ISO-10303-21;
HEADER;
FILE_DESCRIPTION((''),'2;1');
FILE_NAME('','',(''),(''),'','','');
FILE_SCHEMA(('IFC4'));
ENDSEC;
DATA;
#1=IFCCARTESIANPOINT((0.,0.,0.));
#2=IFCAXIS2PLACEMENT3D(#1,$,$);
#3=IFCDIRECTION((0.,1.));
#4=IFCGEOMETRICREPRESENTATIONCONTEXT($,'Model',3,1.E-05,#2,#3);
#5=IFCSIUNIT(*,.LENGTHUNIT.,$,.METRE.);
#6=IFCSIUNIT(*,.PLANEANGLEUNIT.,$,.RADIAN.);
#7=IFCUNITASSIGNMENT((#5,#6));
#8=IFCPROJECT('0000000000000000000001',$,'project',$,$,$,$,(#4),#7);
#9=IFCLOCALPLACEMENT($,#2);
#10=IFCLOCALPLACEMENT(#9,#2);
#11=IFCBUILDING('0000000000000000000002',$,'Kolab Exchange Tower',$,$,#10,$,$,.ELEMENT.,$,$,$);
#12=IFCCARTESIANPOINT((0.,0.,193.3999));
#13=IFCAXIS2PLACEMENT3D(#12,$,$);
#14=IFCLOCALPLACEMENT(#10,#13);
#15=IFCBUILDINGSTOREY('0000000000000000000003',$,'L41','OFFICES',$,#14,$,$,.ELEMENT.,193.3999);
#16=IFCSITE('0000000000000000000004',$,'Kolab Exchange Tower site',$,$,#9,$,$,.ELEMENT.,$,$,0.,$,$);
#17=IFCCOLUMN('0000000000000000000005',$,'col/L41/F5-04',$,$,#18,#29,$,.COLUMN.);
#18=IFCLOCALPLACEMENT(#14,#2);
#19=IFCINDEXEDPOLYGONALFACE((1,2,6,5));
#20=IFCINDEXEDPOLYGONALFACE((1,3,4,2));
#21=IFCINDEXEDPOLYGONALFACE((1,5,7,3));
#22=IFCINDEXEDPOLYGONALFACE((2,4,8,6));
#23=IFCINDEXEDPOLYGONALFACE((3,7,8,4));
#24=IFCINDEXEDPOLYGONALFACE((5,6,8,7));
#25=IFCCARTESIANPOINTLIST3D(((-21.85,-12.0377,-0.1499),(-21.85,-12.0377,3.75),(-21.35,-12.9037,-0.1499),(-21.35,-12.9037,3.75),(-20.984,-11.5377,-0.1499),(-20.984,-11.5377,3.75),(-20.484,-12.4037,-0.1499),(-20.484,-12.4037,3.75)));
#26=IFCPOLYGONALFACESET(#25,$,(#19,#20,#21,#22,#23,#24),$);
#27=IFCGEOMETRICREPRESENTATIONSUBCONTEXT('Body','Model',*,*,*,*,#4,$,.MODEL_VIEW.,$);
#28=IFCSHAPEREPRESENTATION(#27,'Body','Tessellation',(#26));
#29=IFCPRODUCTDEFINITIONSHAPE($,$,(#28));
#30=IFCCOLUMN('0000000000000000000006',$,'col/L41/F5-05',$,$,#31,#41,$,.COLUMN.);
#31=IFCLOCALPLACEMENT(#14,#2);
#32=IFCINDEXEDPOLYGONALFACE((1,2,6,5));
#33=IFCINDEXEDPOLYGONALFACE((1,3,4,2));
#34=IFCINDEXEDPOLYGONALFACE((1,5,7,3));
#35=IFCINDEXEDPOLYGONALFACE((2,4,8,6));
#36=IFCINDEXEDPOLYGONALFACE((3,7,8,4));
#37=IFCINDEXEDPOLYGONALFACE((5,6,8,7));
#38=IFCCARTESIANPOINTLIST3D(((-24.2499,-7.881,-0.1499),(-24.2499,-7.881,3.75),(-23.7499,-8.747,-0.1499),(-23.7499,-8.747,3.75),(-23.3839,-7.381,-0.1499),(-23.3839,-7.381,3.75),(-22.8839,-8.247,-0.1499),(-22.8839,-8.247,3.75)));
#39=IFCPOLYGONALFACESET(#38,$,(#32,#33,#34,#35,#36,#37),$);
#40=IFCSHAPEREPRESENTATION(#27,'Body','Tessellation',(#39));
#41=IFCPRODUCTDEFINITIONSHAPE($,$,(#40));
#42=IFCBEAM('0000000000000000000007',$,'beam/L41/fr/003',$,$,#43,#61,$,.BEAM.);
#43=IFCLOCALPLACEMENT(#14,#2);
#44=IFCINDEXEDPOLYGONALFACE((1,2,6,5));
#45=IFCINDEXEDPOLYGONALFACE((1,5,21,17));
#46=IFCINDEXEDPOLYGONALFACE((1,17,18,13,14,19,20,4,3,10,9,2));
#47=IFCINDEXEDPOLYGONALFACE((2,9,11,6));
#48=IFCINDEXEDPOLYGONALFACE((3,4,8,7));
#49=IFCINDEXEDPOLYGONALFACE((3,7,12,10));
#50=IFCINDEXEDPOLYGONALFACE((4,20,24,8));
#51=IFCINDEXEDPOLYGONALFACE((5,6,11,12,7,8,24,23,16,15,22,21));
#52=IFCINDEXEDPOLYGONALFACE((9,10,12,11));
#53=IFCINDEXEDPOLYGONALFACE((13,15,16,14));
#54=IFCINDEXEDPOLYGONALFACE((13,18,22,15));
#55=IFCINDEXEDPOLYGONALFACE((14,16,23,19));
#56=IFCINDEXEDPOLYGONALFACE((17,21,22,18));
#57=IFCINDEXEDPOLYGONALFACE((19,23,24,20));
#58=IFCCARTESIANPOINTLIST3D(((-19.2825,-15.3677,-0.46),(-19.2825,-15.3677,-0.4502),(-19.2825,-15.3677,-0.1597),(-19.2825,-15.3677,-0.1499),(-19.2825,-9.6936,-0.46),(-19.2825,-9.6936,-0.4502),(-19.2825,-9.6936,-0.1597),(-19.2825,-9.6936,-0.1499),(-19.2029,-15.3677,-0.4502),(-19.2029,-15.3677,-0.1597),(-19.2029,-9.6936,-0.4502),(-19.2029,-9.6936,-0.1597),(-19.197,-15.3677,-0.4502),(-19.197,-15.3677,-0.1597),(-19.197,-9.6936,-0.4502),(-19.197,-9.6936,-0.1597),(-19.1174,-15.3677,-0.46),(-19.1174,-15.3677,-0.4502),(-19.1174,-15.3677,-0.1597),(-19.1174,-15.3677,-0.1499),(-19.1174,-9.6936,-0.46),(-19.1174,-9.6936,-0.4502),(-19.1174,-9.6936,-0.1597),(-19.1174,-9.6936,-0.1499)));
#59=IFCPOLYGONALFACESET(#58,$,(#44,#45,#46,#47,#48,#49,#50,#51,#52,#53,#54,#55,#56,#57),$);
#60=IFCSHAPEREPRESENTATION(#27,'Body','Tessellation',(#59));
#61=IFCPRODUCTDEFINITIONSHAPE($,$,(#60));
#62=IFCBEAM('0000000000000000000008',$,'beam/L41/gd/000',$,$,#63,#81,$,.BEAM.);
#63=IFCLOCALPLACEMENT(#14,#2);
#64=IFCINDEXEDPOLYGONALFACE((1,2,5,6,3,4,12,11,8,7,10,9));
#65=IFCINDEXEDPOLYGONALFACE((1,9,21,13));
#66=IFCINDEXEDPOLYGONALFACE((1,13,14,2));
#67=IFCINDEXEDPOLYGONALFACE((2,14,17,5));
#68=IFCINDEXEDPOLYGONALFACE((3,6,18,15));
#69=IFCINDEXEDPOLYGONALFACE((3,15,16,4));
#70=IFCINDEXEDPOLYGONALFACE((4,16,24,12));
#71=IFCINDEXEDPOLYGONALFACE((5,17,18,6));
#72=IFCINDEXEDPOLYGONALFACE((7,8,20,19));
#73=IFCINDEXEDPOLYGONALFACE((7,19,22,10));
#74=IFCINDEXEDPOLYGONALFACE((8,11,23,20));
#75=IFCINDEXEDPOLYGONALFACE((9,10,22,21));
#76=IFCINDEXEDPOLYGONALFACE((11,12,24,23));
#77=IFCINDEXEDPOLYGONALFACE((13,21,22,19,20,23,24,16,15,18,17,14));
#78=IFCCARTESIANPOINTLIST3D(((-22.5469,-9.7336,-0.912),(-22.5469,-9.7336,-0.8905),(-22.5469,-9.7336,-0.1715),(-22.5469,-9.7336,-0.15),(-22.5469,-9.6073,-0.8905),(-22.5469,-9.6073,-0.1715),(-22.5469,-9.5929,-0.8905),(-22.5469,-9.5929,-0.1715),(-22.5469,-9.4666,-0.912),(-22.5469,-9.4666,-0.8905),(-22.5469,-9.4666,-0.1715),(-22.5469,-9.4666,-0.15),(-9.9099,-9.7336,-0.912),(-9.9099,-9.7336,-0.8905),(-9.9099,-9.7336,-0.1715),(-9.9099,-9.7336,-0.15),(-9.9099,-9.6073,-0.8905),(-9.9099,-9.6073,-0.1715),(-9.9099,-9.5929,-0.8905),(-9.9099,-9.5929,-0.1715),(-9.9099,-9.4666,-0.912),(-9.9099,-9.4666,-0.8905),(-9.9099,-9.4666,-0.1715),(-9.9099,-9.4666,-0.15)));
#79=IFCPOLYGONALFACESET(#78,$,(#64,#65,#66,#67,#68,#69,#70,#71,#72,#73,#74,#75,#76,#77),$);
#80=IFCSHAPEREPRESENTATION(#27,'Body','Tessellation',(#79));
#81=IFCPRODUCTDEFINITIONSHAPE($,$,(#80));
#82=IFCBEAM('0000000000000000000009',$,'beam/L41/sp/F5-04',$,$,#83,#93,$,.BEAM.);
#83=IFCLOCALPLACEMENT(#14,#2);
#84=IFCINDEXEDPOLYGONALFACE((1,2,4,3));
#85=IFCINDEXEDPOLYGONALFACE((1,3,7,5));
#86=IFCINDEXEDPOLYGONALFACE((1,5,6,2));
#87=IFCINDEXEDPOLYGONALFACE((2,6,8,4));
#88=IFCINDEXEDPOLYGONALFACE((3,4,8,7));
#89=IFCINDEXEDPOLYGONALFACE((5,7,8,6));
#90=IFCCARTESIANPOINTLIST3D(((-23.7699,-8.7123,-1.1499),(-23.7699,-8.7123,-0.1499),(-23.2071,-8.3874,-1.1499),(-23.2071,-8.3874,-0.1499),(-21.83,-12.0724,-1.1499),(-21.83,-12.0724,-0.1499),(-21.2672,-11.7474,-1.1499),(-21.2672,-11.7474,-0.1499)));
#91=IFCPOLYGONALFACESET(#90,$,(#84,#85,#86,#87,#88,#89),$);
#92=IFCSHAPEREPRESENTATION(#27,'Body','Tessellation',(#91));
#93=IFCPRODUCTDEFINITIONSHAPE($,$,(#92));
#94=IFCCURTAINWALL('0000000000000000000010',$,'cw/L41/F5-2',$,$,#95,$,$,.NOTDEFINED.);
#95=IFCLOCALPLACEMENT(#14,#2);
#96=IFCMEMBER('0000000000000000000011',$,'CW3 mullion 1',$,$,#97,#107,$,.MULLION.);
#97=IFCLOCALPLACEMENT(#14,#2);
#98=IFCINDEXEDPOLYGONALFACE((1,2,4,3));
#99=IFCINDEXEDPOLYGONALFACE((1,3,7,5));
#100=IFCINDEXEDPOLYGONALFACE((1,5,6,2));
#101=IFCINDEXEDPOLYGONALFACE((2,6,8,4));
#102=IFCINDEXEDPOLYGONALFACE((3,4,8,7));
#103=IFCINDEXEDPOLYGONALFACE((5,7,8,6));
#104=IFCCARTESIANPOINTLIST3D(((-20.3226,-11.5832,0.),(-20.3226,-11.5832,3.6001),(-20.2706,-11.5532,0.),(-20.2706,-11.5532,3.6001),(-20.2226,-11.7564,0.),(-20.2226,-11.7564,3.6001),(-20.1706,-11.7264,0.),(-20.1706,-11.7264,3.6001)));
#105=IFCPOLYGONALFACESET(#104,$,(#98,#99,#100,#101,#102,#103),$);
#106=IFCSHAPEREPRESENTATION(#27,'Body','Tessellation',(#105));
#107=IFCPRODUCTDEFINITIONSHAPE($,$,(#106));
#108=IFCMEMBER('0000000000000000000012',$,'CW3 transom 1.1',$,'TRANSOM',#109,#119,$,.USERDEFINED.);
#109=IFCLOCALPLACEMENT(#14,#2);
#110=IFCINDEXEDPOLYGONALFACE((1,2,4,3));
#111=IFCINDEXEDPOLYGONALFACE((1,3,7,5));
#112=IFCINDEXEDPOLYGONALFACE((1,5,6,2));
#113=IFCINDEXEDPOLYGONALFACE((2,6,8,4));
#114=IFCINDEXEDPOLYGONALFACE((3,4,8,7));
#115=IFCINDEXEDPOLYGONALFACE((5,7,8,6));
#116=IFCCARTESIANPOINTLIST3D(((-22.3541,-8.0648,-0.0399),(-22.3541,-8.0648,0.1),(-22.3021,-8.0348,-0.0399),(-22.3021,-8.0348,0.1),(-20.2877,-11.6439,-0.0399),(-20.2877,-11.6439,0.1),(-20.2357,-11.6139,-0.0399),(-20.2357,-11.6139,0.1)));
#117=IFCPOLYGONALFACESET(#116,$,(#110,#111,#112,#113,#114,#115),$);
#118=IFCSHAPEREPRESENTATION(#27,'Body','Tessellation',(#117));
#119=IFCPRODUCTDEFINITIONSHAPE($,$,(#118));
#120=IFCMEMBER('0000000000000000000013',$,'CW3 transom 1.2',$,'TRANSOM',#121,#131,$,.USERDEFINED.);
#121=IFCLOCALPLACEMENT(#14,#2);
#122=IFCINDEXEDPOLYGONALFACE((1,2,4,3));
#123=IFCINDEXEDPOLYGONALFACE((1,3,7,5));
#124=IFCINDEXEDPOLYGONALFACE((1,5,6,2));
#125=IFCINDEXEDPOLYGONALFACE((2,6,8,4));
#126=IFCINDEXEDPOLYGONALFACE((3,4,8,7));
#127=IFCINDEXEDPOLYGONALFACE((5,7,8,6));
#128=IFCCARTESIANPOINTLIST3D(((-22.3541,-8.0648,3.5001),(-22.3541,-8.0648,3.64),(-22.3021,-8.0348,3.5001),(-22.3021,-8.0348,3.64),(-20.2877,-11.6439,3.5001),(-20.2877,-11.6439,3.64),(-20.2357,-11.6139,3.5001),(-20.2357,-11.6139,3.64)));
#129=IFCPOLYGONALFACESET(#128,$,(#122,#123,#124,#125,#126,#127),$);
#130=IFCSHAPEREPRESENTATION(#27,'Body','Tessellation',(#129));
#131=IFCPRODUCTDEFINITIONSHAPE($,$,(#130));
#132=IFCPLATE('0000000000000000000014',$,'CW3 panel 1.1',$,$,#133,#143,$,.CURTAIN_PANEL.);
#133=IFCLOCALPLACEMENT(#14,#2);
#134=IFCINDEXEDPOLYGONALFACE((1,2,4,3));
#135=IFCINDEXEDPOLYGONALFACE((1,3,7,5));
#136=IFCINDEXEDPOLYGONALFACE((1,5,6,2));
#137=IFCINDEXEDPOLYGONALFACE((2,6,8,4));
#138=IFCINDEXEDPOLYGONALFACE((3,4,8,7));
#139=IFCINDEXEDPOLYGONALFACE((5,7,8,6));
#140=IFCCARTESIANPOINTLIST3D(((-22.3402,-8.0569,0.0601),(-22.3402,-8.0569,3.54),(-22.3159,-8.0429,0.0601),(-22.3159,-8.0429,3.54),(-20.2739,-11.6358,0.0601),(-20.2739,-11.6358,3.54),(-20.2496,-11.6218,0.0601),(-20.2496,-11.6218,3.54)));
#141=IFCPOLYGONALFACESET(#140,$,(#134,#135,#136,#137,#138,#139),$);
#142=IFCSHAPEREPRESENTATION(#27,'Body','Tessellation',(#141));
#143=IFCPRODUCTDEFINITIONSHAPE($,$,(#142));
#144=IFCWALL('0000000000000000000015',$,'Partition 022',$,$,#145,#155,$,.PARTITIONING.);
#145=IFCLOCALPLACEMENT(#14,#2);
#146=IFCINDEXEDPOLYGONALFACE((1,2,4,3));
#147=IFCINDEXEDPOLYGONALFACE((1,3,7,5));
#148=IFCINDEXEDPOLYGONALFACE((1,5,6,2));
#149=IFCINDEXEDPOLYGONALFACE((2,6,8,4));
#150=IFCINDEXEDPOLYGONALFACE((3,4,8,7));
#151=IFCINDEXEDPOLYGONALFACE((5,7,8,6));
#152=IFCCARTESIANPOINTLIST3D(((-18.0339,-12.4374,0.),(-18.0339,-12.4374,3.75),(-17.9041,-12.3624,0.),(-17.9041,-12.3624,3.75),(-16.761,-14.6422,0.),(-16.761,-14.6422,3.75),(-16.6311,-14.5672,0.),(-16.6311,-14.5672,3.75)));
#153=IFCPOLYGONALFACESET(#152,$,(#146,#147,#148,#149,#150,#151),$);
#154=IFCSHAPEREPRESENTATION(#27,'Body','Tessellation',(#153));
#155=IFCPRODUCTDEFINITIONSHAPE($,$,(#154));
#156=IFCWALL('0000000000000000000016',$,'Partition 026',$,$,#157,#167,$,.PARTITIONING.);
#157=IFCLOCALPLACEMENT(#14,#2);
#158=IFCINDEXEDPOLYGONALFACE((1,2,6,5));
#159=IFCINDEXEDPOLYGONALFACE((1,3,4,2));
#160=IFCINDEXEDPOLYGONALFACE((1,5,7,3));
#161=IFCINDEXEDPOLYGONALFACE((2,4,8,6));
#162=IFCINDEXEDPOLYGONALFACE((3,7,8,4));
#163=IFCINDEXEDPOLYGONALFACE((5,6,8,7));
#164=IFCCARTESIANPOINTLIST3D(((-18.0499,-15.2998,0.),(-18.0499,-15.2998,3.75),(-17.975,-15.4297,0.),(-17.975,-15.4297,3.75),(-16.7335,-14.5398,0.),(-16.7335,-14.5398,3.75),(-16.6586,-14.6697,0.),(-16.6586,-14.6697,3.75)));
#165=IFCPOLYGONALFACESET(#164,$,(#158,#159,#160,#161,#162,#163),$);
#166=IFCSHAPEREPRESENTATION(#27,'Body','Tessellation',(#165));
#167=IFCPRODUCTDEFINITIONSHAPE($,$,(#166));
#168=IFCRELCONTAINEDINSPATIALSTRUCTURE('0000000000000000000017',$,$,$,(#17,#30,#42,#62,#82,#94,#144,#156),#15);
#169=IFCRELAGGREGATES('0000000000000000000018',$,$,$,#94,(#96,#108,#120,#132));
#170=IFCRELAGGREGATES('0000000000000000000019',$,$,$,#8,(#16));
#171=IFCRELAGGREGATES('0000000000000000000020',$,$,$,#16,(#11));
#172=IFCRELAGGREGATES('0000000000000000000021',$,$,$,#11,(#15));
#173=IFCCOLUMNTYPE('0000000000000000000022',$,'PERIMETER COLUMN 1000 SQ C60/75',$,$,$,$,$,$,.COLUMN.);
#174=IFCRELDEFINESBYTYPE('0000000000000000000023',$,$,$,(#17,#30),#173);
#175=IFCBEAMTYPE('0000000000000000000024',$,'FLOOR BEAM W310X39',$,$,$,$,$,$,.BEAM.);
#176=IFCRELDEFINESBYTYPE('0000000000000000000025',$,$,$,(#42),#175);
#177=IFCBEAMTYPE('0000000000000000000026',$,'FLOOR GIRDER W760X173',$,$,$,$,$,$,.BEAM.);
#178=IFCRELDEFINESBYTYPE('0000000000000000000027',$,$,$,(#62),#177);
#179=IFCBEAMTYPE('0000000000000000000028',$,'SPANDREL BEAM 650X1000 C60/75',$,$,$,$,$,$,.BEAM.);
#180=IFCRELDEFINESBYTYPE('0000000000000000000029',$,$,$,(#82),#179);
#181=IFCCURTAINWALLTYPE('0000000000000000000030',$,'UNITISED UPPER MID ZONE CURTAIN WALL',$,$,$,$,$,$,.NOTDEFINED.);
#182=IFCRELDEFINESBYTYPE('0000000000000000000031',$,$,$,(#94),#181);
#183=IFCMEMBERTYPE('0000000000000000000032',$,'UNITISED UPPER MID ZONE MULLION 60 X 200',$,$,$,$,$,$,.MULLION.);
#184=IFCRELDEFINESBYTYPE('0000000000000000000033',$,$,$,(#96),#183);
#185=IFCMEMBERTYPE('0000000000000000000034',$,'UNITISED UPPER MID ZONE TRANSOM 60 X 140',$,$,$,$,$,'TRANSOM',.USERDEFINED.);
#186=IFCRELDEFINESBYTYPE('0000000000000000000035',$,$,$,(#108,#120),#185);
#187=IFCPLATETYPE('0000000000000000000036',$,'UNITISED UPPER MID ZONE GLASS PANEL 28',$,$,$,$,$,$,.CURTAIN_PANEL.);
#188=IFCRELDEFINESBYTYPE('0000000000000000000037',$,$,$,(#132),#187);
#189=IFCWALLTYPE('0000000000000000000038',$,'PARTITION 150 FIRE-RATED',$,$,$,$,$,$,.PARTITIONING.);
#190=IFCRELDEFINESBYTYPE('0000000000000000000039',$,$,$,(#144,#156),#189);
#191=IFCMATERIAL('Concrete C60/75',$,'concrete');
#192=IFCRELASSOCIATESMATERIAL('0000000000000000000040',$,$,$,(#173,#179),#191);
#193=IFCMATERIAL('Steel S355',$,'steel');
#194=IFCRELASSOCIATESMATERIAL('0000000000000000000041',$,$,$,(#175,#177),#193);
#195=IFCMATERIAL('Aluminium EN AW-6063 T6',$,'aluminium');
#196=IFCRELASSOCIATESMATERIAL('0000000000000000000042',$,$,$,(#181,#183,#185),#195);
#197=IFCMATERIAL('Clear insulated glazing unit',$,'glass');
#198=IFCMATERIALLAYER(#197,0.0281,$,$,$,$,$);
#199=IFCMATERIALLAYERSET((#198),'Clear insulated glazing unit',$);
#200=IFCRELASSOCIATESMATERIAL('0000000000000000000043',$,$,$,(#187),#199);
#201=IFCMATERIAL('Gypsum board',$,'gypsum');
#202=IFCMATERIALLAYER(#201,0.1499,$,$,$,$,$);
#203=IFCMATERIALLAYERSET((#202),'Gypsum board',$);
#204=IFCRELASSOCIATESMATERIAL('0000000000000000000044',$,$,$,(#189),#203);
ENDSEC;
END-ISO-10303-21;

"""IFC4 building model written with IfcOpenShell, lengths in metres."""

from ifc_helpers import new_model, si_unit, direction, frame, frame_2d, origin, origin_2d, place, context, subcontext, project, spatial, rectangle, i_section, extrude, material, layer, layer_set, material_profile, profile_set, type_object, element, aggregate, save


model = new_model("IFC4")

# Units and contexts
model_context = context("Model", 3, precision=1e-05, world=origin(), true_north=direction((0.0, 1.0)))
body_context = subcontext(model_context, "Body", "Model", "MODEL_VIEW")
ifc_project = project(units=[si_unit("LENGTHUNIT", "METRE"), si_unit("PLANEANGLEUNIT", "RADIAN")], contexts=[model_context])

# Site, building, storey
site_placement = place(None, origin())
site = spatial("IfcSite", under=ifc_project, at=site_placement, Name="Kolab Exchange Tower site", CompositionType="ELEMENT", RefElevation=0.0)
building_placement = place(site_placement, origin())
building = spatial("IfcBuilding", under=site, at=building_placement, Name="Kolab Exchange Tower", CompositionType="ELEMENT")
storey_placement = place(building_placement, frame((0.0, 0.0, 193.3999)))
storey = spatial("IfcBuildingStorey", under=building, at=storey_placement, Name="L41", Description="OFFICES", CompositionType="ELEMENT", Elevation=193.3999)

# Columns
ifc_material_1 = material(Name="Concrete C60/75", Category="concrete")
ifc_material_profile_1 = material_profile(ifc_material_1, rectangle(XDim=1.0, YDim=1.0, at=origin_2d()), Name="RC1000")
ifc_profile_set_1 = profile_set([ifc_material_profile_1], Name="Concrete C60/75")
column_type = type_object("IfcColumnType", Name="PERIMETER COLUMN 1000 SQ C60/75", PredefinedType="COLUMN", material=ifc_profile_set_1)
for number, where, z_axis, x_axis, name in (
    (1, (-21.167, -12.2207, -0.1499), (0.0, 0.0, 1.0), (0.866025, 0.5, 0.0), "col/L41/F5-04"),
    (2, (-23.5669, -8.064, -0.1499), (0.0, 0.0, 1.0), (0.866025, 0.5, 0.0), "col/L41/F5-05"),
):
    element("IfcColumn", number, at=place(storey_placement, frame(where, z_axis=z_axis, x_axis=x_axis)), inside=storey, type_object=column_type, Name=name, PredefinedType="COLUMN", context=body_context, shape_type="SweptSolid", body=[
        extrude(rectangle(XDim=1.0, YDim=1.0, at=origin_2d()), origin(), (0.0, 0.0, 1.0), 3.8999),
    ])

# Beams
ifc_material_2 = material(Name="Steel S355", Category="steel")
ifc_material_profile_2 = material_profile(ifc_material_2, i_section(OverallWidth=0.165, OverallDepth=0.3101, WebThickness=0.0059, FlangeThickness=0.0098, at=origin_2d()), Name="W310X39")
ifc_profile_set_2 = profile_set([ifc_material_profile_2], Name="Steel S355")
beam_type_1 = type_object("IfcBeamType", Name="FLOOR BEAM W310X39", PredefinedType="BEAM", material=ifc_profile_set_2)
beam_1_placement = place(storey_placement, frame((-19.2, -15.3677, -0.3049), z_axis=(0.0, 1.0, 0.0), x_axis=(-1.0, 0.0, 0.0)))
element("IfcBeam", 3, at=beam_1_placement, inside=storey, type_object=beam_type_1, Name="beam/L41/fr/003", PredefinedType="BEAM", context=body_context, shape_type="SweptSolid", body=[
    extrude(i_section(OverallWidth=0.165, OverallDepth=0.3101, WebThickness=0.0059, FlangeThickness=0.0098, at=origin_2d()), origin(), (0.0, 0.0, 1.0), 5.6741),
])
ifc_material_profile_3 = material_profile(ifc_material_2, i_section(OverallWidth=0.2671, OverallDepth=0.762, WebThickness=0.0144, FlangeThickness=0.0215, at=origin_2d()), Name="W760X173")
ifc_profile_set_3 = profile_set([ifc_material_profile_3], Name="Steel S355")
beam_type_2 = type_object("IfcBeamType", Name="FLOOR GIRDER W760X173", PredefinedType="BEAM", material=ifc_profile_set_3)
beam_2_placement = place(storey_placement, frame((-22.5469, -9.6001, -0.531), z_axis=(1.0, 0.0, 0.0), x_axis=(0.0, 1.0, 0.0)))
element("IfcBeam", 4, at=beam_2_placement, inside=storey, type_object=beam_type_2, Name="beam/L41/gd/000", PredefinedType="BEAM", context=body_context, shape_type="SweptSolid", body=[
    extrude(i_section(OverallWidth=0.2671, OverallDepth=0.762, WebThickness=0.0144, FlangeThickness=0.0215, at=origin_2d()), origin(), (0.0, 0.0, 1.0), 12.637),
])
ifc_material_profile_4 = material_profile(ifc_material_1, rectangle(XDim=0.6499, YDim=1.0, at=origin_2d()), Name="RC650X1000")
ifc_profile_set_4 = profile_set([ifc_material_profile_4], Name="Concrete C60/75")
beam_type_3 = type_object("IfcBeamType", Name="SPANDREL BEAM 650X1000 C60/75", PredefinedType="BEAM", material=ifc_profile_set_4)
beam_3_placement = place(storey_placement, frame((-21.5486, -11.9099, -0.6499), z_axis=(-0.499997, 0.866027, 0.0), x_axis=(-0.866027, -0.499997, 0.0)))
element("IfcBeam", 5, at=beam_3_placement, inside=storey, type_object=beam_type_3, Name="beam/L41/sp/F5-04", PredefinedType="BEAM", context=body_context, shape_type="SweptSolid", body=[
    extrude(rectangle(XDim=0.6499, YDim=1.0, at=origin_2d()), origin(), (0.0, 0.0, 1.0), 3.8799),
])

# Curtain wall, members, plate
ifc_material_3 = material(Name="Aluminium EN AW-6063 T6", Category="aluminium")
curtain_wall_type = type_object("IfcCurtainWallType", Name="UNITISED UPPER MID ZONE CURTAIN WALL", PredefinedType="NOTDEFINED", material=ifc_material_3)
curtain_wall_placement = place(storey_placement, origin())
curtain_wall = element("IfcCurtainWall", 6, at=curtain_wall_placement, inside=storey, type_object=curtain_wall_type, Name="cw/L41/F5-2", PredefinedType="NOTDEFINED")
ifc_material_profile_5 = material_profile(ifc_material_3, rectangle(XDim=0.0601, YDim=0.2, at=origin_2d()), Name="RECT 60X200")
ifc_profile_set_5 = profile_set([ifc_material_profile_5], Name="Aluminium EN AW-6063 T6")
member_type_1 = type_object("IfcMemberType", Name="UNITISED UPPER MID ZONE MULLION 60 X 200", PredefinedType="MULLION", material=ifc_profile_set_5)
member_1_placement = place(storey_placement, frame((-20.2466, -11.6548, 0.0), z_axis=(0.0, 0.0, 1.0), x_axis=(-0.866025, -0.5, 0.0)))
member_1 = element("IfcMember", 7, at=member_1_placement, type_object=member_type_1, Name="CW3 mullion 1", PredefinedType="MULLION", context=body_context, shape_type="SweptSolid", body=[
    extrude(rectangle(XDim=0.0601, YDim=0.2, at=origin_2d()), origin(), (0.0, 0.0, 1.0), 3.6001),
])
ifc_material_profile_6 = material_profile(ifc_material_3, rectangle(XDim=0.0601, YDim=0.1399, at=origin_2d()), Name="RECT 60X140")
ifc_profile_set_6 = profile_set([ifc_material_profile_6], Name="Aluminium EN AW-6063 T6")
member_type_2 = type_object("IfcMemberType", Name="UNITISED UPPER MID ZONE TRANSOM 60 X 140", ElementType="TRANSOM", PredefinedType="USERDEFINED", material=ifc_profile_set_6)
member_2_placement = place(storey_placement, frame((-20.2617, -11.6289, 0.03), z_axis=(-0.500002, 0.866024, 0.0), x_axis=(-0.866024, -0.500002, 0.0)))
member_2 = element("IfcMember", 8, at=member_2_placement, type_object=member_type_2, Name="CW3 transom 1.1", ObjectType="TRANSOM", PredefinedType="USERDEFINED", context=body_context, shape_type="SweptSolid", body=[
    extrude(rectangle(XDim=0.0601, YDim=0.1399, at=origin_2d()), origin(), (0.0, 0.0, 1.0), 4.1328),
])
member_3_placement = place(storey_placement, frame((-20.2617, -11.6289, 3.5701), z_axis=(-0.500002, 0.866024, 0.0), x_axis=(-0.866024, -0.500002, 0.0)))
member_3 = element("IfcMember", 9, at=member_3_placement, type_object=member_type_2, Name="CW3 transom 1.2", ObjectType="TRANSOM", PredefinedType="USERDEFINED", context=body_context, shape_type="SweptSolid", body=[
    extrude(rectangle(XDim=0.0601, YDim=0.1399, at=origin_2d()), origin(), (0.0, 0.0, 1.0), 4.1328),
])
ifc_material_4 = material(Name="Clear insulated glazing unit", Category="glass")
ifc_layer_1 = layer(ifc_material_4, 0.0281)
ifc_layer_set_1 = layer_set([ifc_layer_1], Name="Clear insulated glazing unit")
plate_type = type_object("IfcPlateType", Name="UNITISED UPPER MID ZONE GLASS PANEL 28", PredefinedType="CURTAIN_PANEL", material=ifc_layer_set_1)
plate_placement = place(storey_placement, frame((-21.2949, -9.8394, 0.0601), z_axis=(0.0, 0.0, 1.0), x_axis=(-0.5, 0.866025, 0.0)))
plate = element("IfcPlate", 10, at=plate_placement, type_object=plate_type, Name="CW3 panel 1.1", PredefinedType="CURTAIN_PANEL", context=body_context, shape_type="SweptSolid", body=[
    extrude(rectangle(XDim=4.1326, YDim=0.0281, at=origin_2d()), origin(), (0.0, 0.0, 1.0), 3.48),
])
aggregate(curtain_wall, [member_1, member_2, member_3, plate])

# Walls
ifc_material_5 = material(Name="Gypsum board", Category="gypsum")
ifc_layer_2 = layer(ifc_material_5, 0.1499)
ifc_layer_set_2 = layer_set([ifc_layer_2], Name="Gypsum board")
wall_type = type_object("IfcWallType", Name="PARTITION 150 FIRE-RATED", PredefinedType="PARTITIONING", material=ifc_layer_set_2)
wall_1_placement = place(storey_placement, frame((-17.969, -12.3999, 0.0), z_axis=(0.0, 0.0, 1.0), x_axis=(0.499996, -0.866027, 0.0)))
element("IfcWall", 11, at=wall_1_placement, inside=storey, type_object=wall_type, Name="Partition 022", PredefinedType="PARTITIONING", context=body_context, shape_type="SweptSolid", body=[
    extrude(rectangle(XDim=2.5459, YDim=0.1499, at=frame_2d((1.2729, 0.0))), origin(), (0.0, 0.0, 1.0), 3.75),
])
wall_2_placement = place(storey_placement, frame((-18.0125, -15.3647, 0.0), z_axis=(0.0, 0.0, 1.0), x_axis=(0.86603, 0.499991, 0.0)))
element("IfcWall", 12, at=wall_2_placement, inside=storey, type_object=wall_type, Name="Partition 026", PredefinedType="PARTITIONING", context=body_context, shape_type="SweptSolid", body=[
    extrude(rectangle(XDim=1.52, YDim=0.1499, at=frame_2d((0.76, 0.0))), origin(), (0.0, 0.0, 1.0), 3.75),
])

save(model, "model.ifc")
